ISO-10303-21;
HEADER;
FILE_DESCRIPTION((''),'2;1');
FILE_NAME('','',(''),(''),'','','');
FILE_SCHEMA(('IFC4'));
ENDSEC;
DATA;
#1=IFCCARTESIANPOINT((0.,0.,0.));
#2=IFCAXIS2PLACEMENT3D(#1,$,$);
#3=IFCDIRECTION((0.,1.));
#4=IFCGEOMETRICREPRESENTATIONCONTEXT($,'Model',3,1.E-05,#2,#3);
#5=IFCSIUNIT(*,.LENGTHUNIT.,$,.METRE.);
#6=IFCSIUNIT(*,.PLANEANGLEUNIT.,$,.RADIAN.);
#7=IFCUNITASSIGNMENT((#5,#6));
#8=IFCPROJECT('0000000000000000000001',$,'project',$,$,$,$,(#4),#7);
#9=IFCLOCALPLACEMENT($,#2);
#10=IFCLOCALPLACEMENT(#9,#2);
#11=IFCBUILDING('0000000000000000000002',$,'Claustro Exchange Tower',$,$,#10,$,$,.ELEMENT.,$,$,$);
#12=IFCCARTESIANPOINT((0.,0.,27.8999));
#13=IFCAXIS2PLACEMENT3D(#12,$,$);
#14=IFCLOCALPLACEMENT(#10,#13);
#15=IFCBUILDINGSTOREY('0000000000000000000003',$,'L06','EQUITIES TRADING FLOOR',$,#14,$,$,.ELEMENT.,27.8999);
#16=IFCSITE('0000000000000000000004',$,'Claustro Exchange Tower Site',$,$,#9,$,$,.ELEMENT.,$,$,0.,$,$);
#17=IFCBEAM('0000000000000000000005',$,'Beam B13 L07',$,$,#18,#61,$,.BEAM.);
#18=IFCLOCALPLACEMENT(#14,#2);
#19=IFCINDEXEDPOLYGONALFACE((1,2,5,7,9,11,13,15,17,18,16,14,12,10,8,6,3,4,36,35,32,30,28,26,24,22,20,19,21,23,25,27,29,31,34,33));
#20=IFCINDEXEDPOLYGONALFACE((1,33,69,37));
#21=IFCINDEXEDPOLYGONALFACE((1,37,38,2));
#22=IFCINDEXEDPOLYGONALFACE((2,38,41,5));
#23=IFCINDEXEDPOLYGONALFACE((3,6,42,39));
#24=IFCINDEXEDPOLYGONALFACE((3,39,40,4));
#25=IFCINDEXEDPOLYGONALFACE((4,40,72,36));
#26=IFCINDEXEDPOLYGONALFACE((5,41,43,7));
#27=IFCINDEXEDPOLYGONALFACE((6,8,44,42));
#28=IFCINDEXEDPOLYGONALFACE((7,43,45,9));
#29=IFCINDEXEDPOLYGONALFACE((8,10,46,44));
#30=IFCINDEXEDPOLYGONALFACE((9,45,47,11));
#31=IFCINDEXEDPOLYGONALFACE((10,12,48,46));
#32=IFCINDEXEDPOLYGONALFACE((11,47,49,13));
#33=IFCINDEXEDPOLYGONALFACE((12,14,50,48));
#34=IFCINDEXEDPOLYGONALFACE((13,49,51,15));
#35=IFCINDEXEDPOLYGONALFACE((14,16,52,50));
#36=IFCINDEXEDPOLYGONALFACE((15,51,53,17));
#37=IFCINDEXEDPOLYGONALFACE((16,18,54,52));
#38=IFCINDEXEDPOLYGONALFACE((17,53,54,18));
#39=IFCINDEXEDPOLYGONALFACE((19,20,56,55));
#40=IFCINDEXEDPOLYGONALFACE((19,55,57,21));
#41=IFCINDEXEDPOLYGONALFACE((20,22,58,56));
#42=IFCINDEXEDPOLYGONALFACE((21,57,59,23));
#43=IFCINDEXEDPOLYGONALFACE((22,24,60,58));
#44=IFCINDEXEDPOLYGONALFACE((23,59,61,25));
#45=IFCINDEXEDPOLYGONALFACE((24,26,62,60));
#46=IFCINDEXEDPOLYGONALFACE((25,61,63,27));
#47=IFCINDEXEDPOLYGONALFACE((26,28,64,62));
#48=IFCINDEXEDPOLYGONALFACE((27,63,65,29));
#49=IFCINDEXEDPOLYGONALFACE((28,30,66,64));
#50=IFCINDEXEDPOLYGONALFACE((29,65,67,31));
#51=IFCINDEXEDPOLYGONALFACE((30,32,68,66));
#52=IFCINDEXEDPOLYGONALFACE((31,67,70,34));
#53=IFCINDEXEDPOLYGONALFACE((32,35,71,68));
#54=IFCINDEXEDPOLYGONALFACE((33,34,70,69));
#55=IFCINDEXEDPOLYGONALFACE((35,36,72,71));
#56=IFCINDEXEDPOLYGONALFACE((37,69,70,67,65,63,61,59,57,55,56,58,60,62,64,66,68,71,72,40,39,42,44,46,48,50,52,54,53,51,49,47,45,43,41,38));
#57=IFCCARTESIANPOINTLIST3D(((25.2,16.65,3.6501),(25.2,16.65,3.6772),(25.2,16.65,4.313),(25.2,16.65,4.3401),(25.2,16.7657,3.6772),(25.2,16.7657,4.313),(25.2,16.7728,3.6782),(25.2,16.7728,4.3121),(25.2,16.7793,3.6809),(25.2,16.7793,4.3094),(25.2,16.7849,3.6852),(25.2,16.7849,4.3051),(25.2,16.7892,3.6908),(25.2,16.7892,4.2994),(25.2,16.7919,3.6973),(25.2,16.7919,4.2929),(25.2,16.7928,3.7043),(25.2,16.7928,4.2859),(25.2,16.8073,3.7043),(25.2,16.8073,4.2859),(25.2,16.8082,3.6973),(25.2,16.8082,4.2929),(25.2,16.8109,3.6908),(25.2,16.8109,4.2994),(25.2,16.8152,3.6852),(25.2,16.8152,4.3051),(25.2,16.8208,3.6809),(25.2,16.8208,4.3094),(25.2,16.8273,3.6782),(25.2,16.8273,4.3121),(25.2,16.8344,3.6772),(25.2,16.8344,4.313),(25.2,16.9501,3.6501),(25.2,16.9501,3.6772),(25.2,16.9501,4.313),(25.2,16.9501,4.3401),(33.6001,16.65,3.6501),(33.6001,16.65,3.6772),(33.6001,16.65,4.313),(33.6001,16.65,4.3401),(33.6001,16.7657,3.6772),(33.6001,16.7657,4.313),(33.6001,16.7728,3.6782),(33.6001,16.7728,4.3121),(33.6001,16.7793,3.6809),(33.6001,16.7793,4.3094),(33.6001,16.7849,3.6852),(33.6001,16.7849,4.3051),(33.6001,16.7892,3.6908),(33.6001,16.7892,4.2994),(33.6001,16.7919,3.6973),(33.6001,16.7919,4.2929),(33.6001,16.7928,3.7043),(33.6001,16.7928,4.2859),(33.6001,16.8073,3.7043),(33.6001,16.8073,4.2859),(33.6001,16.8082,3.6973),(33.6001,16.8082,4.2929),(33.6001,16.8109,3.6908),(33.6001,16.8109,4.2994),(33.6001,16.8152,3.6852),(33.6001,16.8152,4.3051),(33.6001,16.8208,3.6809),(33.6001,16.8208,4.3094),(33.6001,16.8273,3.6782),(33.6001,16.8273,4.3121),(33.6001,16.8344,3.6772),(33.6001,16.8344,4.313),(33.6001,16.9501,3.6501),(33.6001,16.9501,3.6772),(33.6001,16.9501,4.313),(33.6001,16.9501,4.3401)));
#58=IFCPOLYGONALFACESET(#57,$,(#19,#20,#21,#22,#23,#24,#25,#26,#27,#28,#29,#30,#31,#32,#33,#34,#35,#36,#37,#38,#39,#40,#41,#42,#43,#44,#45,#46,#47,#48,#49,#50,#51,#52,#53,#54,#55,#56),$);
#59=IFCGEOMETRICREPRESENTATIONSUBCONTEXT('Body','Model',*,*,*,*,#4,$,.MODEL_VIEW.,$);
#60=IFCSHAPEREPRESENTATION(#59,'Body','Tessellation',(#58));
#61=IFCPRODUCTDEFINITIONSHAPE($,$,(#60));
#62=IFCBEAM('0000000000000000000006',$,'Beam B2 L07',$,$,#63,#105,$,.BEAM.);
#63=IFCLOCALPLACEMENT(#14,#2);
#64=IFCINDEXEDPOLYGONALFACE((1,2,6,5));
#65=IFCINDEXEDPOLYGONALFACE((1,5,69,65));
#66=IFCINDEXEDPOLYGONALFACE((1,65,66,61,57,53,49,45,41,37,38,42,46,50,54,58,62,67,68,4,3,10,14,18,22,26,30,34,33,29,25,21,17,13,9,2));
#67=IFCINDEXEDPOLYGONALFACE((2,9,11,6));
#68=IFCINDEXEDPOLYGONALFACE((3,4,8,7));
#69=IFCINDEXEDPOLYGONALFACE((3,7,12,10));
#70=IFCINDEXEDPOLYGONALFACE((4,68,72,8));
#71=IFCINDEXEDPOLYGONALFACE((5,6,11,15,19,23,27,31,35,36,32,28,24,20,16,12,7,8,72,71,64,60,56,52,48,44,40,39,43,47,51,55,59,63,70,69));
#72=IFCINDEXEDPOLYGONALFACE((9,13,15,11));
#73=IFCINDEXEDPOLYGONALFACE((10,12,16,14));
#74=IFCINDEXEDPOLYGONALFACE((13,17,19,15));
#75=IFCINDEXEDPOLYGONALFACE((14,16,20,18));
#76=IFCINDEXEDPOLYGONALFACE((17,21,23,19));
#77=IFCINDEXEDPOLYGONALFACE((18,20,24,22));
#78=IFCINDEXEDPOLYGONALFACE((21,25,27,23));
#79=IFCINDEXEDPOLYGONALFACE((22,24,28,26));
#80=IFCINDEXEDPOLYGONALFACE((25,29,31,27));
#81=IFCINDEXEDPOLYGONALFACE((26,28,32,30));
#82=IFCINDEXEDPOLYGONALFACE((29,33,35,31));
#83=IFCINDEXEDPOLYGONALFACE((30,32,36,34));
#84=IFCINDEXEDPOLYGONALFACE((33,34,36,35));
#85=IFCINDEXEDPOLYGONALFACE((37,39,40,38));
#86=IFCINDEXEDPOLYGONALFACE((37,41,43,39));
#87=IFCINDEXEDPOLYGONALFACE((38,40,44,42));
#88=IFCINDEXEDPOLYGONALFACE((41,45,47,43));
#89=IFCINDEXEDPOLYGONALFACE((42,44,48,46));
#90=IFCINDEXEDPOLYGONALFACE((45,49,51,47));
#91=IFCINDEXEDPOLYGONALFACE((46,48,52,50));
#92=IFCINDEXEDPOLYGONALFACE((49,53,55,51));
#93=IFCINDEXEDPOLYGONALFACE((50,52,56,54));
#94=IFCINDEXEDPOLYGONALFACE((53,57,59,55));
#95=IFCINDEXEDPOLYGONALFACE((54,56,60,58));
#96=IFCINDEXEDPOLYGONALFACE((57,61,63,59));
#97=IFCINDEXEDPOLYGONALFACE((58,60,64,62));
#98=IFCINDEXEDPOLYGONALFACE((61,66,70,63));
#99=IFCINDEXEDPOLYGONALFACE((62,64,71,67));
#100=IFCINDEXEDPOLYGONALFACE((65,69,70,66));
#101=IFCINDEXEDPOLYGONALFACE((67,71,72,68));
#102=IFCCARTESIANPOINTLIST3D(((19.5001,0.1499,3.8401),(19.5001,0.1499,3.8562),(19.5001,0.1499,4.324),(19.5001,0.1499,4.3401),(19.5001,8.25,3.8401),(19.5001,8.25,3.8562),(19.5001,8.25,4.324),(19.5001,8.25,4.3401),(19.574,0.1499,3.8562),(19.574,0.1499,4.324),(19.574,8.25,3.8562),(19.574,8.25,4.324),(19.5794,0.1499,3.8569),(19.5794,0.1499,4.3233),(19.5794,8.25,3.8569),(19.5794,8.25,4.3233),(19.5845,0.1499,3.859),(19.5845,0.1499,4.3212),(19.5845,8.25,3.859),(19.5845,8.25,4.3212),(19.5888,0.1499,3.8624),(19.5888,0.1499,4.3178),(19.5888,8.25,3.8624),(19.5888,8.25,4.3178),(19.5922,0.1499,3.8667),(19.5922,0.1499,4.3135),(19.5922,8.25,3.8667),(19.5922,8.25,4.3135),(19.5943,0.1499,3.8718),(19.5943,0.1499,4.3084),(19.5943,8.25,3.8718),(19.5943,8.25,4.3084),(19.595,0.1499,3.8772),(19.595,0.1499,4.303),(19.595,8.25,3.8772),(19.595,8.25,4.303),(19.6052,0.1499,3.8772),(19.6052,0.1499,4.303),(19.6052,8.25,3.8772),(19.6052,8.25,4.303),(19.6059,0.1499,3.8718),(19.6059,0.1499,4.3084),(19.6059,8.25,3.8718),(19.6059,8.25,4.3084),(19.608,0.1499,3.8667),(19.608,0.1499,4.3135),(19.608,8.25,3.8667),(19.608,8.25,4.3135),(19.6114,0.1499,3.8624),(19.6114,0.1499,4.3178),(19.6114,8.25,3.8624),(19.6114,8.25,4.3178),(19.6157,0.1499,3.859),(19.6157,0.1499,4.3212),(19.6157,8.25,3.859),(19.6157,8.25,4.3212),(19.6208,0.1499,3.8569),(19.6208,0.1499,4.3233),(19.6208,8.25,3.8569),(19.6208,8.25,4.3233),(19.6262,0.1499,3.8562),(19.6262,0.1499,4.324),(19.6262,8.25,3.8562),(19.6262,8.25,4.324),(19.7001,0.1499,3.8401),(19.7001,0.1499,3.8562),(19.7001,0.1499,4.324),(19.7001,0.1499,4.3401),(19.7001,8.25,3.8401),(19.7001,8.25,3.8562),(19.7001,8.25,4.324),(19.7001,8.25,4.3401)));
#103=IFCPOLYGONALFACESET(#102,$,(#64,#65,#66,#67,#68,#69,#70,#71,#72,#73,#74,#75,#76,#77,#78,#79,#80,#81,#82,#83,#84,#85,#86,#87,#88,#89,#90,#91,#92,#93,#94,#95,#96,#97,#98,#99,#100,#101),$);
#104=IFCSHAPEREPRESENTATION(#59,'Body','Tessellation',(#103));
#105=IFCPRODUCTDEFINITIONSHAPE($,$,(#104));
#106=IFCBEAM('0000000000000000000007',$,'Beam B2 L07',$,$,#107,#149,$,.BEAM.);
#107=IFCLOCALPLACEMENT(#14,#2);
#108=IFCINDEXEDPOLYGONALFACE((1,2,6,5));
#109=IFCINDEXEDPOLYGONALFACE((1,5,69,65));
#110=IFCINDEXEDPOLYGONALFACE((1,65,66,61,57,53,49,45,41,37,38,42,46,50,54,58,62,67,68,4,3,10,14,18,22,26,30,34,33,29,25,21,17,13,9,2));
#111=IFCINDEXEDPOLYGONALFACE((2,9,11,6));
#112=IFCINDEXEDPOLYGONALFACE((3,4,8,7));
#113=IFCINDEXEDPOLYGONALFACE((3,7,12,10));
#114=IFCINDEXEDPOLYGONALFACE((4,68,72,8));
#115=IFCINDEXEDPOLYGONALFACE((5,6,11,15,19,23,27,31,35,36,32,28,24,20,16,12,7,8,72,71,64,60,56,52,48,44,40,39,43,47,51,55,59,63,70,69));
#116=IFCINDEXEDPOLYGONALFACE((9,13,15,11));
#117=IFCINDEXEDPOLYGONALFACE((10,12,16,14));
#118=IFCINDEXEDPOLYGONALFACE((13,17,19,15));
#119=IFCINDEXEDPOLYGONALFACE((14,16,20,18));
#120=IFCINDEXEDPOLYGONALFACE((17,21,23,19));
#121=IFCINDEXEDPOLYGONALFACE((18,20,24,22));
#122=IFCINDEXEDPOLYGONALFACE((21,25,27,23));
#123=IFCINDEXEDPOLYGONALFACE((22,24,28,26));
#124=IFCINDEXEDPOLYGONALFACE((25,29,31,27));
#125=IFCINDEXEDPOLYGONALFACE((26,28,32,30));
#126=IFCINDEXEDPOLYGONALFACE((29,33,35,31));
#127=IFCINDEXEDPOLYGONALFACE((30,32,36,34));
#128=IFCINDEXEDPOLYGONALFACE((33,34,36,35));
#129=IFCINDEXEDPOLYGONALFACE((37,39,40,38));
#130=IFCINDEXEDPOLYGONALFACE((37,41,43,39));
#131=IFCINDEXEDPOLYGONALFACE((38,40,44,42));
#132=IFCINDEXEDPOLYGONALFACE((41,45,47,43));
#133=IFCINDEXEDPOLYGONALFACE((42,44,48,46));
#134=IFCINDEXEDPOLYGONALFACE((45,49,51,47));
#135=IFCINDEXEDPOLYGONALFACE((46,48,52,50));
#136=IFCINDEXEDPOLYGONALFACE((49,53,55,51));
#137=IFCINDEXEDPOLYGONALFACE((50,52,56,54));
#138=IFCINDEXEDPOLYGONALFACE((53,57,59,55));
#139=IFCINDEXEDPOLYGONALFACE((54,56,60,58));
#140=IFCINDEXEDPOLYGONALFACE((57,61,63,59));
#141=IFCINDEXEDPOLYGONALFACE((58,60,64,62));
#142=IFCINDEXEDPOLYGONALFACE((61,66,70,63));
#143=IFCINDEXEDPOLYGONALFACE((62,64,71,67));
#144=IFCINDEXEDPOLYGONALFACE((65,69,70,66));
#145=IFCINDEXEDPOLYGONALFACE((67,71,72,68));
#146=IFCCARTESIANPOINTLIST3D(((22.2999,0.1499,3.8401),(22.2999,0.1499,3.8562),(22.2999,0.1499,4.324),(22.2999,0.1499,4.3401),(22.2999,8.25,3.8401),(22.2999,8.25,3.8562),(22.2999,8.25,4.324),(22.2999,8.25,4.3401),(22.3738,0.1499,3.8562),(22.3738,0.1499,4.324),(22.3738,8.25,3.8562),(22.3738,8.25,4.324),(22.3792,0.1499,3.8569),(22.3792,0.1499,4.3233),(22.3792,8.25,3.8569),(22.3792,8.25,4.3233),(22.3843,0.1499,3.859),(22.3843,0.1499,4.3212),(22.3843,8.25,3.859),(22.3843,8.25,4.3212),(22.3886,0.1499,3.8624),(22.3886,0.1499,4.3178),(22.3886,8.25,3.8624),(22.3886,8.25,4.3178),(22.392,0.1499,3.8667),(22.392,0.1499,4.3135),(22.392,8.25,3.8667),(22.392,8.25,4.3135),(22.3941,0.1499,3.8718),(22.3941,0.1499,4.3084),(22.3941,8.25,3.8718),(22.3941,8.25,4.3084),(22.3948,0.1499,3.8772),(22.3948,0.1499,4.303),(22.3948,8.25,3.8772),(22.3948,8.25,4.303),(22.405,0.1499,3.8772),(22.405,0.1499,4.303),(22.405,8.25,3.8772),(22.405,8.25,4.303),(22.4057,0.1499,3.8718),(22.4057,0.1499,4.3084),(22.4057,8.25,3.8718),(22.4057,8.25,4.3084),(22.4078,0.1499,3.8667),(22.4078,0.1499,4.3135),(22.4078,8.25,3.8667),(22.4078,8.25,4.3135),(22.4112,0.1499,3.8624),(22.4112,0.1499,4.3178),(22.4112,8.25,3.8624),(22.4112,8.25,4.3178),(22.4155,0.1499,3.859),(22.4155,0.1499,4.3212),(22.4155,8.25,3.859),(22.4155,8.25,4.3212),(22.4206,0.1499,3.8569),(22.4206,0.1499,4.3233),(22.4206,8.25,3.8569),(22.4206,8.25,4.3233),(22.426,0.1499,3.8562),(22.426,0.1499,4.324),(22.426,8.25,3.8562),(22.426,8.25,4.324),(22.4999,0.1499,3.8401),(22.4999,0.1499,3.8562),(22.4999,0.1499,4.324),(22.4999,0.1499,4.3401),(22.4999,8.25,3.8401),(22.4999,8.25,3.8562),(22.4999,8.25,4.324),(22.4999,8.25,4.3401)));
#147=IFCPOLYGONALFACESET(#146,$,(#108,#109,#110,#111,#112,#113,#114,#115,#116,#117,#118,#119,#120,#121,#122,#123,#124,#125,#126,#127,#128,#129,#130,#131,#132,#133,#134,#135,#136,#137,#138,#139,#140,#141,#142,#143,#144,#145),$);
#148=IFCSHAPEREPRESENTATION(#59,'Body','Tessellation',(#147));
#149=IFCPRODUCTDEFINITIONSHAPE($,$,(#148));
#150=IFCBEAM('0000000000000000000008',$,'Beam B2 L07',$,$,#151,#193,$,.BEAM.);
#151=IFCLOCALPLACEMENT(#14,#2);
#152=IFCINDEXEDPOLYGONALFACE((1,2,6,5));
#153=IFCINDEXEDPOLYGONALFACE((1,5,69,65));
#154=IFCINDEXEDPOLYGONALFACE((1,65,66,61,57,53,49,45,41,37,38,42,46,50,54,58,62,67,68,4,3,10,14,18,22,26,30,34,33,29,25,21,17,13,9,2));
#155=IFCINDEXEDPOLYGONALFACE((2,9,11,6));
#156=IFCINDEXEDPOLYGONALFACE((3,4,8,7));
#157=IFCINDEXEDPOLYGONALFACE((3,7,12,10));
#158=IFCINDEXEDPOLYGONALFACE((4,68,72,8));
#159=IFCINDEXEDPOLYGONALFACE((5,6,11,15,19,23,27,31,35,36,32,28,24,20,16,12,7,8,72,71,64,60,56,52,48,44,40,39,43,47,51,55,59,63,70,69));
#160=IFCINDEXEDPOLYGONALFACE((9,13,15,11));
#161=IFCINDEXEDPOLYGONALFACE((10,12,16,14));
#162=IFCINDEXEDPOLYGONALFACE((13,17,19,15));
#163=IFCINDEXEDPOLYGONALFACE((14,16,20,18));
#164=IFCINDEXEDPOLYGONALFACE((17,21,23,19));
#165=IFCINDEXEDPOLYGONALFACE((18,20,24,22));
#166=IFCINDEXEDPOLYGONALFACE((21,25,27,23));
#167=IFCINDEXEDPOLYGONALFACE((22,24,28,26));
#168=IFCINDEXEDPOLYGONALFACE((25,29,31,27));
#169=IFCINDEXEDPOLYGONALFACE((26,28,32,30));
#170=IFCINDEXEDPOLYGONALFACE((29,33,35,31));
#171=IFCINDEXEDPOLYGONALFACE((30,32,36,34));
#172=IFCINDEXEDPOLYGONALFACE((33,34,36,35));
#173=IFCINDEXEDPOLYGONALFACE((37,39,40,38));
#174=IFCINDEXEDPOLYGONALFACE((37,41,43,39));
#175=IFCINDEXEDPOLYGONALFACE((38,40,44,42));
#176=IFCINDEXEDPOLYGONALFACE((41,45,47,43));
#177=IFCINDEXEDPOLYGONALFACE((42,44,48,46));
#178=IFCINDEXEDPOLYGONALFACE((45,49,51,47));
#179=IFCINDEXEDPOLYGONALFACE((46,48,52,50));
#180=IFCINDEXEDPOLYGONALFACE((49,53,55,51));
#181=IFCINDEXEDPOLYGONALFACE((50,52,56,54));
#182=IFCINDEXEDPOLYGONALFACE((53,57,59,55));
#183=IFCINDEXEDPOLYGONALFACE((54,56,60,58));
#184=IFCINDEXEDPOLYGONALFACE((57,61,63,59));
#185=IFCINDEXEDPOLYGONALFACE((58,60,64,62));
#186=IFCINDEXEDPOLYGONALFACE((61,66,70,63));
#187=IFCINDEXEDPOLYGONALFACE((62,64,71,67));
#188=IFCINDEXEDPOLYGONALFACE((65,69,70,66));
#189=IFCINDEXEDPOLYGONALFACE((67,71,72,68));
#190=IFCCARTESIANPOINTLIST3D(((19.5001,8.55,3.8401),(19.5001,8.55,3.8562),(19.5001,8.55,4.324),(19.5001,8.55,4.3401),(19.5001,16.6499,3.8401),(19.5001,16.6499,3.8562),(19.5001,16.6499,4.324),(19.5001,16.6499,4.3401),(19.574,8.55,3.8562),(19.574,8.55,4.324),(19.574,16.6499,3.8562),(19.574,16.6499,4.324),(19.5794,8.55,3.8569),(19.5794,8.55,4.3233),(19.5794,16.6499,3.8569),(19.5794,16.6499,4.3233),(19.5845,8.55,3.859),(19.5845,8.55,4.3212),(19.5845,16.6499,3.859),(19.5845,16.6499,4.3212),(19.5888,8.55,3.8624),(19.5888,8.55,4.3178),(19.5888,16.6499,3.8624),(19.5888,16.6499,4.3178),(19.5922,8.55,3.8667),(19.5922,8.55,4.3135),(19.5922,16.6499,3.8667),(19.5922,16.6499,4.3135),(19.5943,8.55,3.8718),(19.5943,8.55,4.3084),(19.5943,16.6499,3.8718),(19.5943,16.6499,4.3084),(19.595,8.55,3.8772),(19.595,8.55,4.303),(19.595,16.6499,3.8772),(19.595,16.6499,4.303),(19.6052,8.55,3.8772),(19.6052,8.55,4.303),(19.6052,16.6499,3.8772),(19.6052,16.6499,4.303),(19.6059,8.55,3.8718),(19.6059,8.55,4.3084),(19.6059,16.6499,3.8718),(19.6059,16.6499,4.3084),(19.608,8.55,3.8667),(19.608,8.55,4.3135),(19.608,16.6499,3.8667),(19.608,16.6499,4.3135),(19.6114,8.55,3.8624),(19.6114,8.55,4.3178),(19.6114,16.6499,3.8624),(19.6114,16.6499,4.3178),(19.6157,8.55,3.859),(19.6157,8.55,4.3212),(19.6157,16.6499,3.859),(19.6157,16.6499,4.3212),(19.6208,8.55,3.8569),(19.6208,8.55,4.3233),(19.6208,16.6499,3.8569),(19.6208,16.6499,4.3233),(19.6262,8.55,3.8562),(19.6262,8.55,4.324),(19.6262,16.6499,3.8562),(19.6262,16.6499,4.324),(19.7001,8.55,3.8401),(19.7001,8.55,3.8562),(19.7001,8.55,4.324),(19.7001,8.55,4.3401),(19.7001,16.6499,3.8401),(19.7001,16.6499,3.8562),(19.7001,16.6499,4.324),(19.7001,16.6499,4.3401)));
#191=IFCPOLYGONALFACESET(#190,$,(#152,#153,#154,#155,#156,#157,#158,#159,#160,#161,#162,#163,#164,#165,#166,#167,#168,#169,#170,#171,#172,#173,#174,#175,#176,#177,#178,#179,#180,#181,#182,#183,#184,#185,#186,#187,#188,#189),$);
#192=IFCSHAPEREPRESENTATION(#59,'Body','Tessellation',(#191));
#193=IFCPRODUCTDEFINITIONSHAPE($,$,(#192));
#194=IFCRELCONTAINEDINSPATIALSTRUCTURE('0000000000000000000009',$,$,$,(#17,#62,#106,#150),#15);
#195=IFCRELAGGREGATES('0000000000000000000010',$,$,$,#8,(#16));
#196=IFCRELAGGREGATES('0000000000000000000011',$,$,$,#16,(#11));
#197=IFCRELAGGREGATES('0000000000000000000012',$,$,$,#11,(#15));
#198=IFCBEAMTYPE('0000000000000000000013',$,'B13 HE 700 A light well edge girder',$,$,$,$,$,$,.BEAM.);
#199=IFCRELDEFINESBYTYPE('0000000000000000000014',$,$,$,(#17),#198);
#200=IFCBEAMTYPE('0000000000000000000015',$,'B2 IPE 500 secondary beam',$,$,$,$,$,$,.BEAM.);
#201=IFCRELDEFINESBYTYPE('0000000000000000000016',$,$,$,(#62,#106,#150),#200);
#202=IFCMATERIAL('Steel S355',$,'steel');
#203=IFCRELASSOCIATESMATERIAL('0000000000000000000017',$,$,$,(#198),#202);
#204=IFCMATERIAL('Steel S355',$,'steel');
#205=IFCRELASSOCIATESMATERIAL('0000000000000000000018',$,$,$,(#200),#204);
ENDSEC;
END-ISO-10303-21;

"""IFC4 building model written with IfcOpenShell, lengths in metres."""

from ifc_helpers import new_model, si_unit, direction, frame, origin, origin_2d, place, context, subcontext, project, spatial, i_section, extrude, material, material_profile, profile_set, type_object, element, save


model = new_model("IFC4")

# Units and contexts
model_context = context("Model", 3, precision=1e-05, world=origin(), true_north=direction((0.0, 1.0)))
body_context = subcontext(model_context, "Body", "Model", "MODEL_VIEW")
ifc_project = project(units=[si_unit("LENGTHUNIT", "METRE"), si_unit("PLANEANGLEUNIT", "RADIAN")], contexts=[model_context])

# Site, building, storey
site_placement = place(None, origin())
site = spatial("IfcSite", under=ifc_project, at=site_placement, Name="Claustro Exchange Tower Site", CompositionType="ELEMENT", RefElevation=0.0)
building_placement = place(site_placement, origin())
building = spatial("IfcBuilding", under=site, at=building_placement, Name="Claustro Exchange Tower", CompositionType="ELEMENT")
storey_placement = place(building_placement, frame((0.0, 0.0, 27.8999)))
storey = spatial("IfcBuildingStorey", under=building, at=storey_placement, Name="L06", Description="EQUITIES TRADING FLOOR", CompositionType="ELEMENT", Elevation=27.8999)

# Beams
ifc_material_1 = material(Name="Steel S355", Category="steel")
ifc_material_profile_1 = material_profile(ifc_material_1, i_section(OverallWidth=0.3, OverallDepth=0.6899, WebThickness=0.0144, FlangeThickness=0.0271, FilletRadius=0.0271, at=origin_2d()), Name="HE 700 A")
ifc_profile_set_1 = profile_set([ifc_material_profile_1], Name="Steel S355")
beam_type_1 = type_object("IfcBeamType", Name="B13 HE 700 A light well edge girder", PredefinedType="BEAM", material=ifc_profile_set_1)
beam_1_placement = place(storey_placement, frame((25.2, 16.8, 3.9951), z_axis=(1.0, 0.0, 0.0), x_axis=(0.0, 1.0, 0.0)))
element("IfcBeam", 1, at=beam_1_placement, inside=storey, type_object=beam_type_1, Name="Beam B13 L07", PredefinedType="BEAM", context=body_context, shape_type="SweptSolid", body=[
    extrude(i_section(OverallWidth=0.3, OverallDepth=0.6899, WebThickness=0.0144, FlangeThickness=0.0271, FilletRadius=0.0271, at=origin_2d()), origin(), (0.0, 0.0, 1.0), 8.4001),
])
ifc_material_2 = material(Name="Steel S355", Category="steel")
ifc_material_profile_2 = material_profile(ifc_material_2, i_section(OverallWidth=0.2, OverallDepth=0.5, WebThickness=0.0103, FlangeThickness=0.0161, FilletRadius=0.021, at=origin_2d()), Name="IPE 500")
ifc_profile_set_2 = profile_set([ifc_material_profile_2], Name="Steel S355")
beam_type_2 = type_object("IfcBeamType", Name="B2 IPE 500 secondary beam", PredefinedType="BEAM", material=ifc_profile_set_2)
for number, where, z_axis, x_axis, name in (
    (2, (19.6001, 0.1499, 4.0901), (0.0, 1.0, 0.0), (-1.0, 0.0, 0.0), "Beam B2 L07"),
    (3, (22.3999, 0.1499, 4.0901), (0.0, 1.0, 0.0), (-1.0, 0.0, 0.0), "Beam B2 L07"),
):
    element("IfcBeam", number, at=place(storey_placement, frame(where, z_axis=z_axis, x_axis=x_axis)), inside=storey, type_object=beam_type_2, Name=name, PredefinedType="BEAM", context=body_context, shape_type="SweptSolid", body=[
        extrude(i_section(OverallWidth=0.2, OverallDepth=0.5, WebThickness=0.0103, FlangeThickness=0.0161, FilletRadius=0.021, at=origin_2d()), origin(), (0.0, 0.0, 1.0), 8.1001),
    ])
for number, where, z_axis, x_axis, name in (
    (4, (19.6001, 8.55, 4.0901), (0.0, 1.0, 0.0), (-1.0, 0.0, 0.0), "Beam B2 L07"),
):
    element("IfcBeam", number, at=place(storey_placement, frame(where, z_axis=z_axis, x_axis=x_axis)), inside=storey, type_object=beam_type_2, Name=name, PredefinedType="BEAM", context=body_context, shape_type="SweptSolid", body=[
        extrude(i_section(OverallWidth=0.2, OverallDepth=0.5, WebThickness=0.0103, FlangeThickness=0.0161, FilletRadius=0.021, at=origin_2d()), origin(), (0.0, 0.0, 1.0), 8.0999),
    ])

save(model, "model.ifc")
